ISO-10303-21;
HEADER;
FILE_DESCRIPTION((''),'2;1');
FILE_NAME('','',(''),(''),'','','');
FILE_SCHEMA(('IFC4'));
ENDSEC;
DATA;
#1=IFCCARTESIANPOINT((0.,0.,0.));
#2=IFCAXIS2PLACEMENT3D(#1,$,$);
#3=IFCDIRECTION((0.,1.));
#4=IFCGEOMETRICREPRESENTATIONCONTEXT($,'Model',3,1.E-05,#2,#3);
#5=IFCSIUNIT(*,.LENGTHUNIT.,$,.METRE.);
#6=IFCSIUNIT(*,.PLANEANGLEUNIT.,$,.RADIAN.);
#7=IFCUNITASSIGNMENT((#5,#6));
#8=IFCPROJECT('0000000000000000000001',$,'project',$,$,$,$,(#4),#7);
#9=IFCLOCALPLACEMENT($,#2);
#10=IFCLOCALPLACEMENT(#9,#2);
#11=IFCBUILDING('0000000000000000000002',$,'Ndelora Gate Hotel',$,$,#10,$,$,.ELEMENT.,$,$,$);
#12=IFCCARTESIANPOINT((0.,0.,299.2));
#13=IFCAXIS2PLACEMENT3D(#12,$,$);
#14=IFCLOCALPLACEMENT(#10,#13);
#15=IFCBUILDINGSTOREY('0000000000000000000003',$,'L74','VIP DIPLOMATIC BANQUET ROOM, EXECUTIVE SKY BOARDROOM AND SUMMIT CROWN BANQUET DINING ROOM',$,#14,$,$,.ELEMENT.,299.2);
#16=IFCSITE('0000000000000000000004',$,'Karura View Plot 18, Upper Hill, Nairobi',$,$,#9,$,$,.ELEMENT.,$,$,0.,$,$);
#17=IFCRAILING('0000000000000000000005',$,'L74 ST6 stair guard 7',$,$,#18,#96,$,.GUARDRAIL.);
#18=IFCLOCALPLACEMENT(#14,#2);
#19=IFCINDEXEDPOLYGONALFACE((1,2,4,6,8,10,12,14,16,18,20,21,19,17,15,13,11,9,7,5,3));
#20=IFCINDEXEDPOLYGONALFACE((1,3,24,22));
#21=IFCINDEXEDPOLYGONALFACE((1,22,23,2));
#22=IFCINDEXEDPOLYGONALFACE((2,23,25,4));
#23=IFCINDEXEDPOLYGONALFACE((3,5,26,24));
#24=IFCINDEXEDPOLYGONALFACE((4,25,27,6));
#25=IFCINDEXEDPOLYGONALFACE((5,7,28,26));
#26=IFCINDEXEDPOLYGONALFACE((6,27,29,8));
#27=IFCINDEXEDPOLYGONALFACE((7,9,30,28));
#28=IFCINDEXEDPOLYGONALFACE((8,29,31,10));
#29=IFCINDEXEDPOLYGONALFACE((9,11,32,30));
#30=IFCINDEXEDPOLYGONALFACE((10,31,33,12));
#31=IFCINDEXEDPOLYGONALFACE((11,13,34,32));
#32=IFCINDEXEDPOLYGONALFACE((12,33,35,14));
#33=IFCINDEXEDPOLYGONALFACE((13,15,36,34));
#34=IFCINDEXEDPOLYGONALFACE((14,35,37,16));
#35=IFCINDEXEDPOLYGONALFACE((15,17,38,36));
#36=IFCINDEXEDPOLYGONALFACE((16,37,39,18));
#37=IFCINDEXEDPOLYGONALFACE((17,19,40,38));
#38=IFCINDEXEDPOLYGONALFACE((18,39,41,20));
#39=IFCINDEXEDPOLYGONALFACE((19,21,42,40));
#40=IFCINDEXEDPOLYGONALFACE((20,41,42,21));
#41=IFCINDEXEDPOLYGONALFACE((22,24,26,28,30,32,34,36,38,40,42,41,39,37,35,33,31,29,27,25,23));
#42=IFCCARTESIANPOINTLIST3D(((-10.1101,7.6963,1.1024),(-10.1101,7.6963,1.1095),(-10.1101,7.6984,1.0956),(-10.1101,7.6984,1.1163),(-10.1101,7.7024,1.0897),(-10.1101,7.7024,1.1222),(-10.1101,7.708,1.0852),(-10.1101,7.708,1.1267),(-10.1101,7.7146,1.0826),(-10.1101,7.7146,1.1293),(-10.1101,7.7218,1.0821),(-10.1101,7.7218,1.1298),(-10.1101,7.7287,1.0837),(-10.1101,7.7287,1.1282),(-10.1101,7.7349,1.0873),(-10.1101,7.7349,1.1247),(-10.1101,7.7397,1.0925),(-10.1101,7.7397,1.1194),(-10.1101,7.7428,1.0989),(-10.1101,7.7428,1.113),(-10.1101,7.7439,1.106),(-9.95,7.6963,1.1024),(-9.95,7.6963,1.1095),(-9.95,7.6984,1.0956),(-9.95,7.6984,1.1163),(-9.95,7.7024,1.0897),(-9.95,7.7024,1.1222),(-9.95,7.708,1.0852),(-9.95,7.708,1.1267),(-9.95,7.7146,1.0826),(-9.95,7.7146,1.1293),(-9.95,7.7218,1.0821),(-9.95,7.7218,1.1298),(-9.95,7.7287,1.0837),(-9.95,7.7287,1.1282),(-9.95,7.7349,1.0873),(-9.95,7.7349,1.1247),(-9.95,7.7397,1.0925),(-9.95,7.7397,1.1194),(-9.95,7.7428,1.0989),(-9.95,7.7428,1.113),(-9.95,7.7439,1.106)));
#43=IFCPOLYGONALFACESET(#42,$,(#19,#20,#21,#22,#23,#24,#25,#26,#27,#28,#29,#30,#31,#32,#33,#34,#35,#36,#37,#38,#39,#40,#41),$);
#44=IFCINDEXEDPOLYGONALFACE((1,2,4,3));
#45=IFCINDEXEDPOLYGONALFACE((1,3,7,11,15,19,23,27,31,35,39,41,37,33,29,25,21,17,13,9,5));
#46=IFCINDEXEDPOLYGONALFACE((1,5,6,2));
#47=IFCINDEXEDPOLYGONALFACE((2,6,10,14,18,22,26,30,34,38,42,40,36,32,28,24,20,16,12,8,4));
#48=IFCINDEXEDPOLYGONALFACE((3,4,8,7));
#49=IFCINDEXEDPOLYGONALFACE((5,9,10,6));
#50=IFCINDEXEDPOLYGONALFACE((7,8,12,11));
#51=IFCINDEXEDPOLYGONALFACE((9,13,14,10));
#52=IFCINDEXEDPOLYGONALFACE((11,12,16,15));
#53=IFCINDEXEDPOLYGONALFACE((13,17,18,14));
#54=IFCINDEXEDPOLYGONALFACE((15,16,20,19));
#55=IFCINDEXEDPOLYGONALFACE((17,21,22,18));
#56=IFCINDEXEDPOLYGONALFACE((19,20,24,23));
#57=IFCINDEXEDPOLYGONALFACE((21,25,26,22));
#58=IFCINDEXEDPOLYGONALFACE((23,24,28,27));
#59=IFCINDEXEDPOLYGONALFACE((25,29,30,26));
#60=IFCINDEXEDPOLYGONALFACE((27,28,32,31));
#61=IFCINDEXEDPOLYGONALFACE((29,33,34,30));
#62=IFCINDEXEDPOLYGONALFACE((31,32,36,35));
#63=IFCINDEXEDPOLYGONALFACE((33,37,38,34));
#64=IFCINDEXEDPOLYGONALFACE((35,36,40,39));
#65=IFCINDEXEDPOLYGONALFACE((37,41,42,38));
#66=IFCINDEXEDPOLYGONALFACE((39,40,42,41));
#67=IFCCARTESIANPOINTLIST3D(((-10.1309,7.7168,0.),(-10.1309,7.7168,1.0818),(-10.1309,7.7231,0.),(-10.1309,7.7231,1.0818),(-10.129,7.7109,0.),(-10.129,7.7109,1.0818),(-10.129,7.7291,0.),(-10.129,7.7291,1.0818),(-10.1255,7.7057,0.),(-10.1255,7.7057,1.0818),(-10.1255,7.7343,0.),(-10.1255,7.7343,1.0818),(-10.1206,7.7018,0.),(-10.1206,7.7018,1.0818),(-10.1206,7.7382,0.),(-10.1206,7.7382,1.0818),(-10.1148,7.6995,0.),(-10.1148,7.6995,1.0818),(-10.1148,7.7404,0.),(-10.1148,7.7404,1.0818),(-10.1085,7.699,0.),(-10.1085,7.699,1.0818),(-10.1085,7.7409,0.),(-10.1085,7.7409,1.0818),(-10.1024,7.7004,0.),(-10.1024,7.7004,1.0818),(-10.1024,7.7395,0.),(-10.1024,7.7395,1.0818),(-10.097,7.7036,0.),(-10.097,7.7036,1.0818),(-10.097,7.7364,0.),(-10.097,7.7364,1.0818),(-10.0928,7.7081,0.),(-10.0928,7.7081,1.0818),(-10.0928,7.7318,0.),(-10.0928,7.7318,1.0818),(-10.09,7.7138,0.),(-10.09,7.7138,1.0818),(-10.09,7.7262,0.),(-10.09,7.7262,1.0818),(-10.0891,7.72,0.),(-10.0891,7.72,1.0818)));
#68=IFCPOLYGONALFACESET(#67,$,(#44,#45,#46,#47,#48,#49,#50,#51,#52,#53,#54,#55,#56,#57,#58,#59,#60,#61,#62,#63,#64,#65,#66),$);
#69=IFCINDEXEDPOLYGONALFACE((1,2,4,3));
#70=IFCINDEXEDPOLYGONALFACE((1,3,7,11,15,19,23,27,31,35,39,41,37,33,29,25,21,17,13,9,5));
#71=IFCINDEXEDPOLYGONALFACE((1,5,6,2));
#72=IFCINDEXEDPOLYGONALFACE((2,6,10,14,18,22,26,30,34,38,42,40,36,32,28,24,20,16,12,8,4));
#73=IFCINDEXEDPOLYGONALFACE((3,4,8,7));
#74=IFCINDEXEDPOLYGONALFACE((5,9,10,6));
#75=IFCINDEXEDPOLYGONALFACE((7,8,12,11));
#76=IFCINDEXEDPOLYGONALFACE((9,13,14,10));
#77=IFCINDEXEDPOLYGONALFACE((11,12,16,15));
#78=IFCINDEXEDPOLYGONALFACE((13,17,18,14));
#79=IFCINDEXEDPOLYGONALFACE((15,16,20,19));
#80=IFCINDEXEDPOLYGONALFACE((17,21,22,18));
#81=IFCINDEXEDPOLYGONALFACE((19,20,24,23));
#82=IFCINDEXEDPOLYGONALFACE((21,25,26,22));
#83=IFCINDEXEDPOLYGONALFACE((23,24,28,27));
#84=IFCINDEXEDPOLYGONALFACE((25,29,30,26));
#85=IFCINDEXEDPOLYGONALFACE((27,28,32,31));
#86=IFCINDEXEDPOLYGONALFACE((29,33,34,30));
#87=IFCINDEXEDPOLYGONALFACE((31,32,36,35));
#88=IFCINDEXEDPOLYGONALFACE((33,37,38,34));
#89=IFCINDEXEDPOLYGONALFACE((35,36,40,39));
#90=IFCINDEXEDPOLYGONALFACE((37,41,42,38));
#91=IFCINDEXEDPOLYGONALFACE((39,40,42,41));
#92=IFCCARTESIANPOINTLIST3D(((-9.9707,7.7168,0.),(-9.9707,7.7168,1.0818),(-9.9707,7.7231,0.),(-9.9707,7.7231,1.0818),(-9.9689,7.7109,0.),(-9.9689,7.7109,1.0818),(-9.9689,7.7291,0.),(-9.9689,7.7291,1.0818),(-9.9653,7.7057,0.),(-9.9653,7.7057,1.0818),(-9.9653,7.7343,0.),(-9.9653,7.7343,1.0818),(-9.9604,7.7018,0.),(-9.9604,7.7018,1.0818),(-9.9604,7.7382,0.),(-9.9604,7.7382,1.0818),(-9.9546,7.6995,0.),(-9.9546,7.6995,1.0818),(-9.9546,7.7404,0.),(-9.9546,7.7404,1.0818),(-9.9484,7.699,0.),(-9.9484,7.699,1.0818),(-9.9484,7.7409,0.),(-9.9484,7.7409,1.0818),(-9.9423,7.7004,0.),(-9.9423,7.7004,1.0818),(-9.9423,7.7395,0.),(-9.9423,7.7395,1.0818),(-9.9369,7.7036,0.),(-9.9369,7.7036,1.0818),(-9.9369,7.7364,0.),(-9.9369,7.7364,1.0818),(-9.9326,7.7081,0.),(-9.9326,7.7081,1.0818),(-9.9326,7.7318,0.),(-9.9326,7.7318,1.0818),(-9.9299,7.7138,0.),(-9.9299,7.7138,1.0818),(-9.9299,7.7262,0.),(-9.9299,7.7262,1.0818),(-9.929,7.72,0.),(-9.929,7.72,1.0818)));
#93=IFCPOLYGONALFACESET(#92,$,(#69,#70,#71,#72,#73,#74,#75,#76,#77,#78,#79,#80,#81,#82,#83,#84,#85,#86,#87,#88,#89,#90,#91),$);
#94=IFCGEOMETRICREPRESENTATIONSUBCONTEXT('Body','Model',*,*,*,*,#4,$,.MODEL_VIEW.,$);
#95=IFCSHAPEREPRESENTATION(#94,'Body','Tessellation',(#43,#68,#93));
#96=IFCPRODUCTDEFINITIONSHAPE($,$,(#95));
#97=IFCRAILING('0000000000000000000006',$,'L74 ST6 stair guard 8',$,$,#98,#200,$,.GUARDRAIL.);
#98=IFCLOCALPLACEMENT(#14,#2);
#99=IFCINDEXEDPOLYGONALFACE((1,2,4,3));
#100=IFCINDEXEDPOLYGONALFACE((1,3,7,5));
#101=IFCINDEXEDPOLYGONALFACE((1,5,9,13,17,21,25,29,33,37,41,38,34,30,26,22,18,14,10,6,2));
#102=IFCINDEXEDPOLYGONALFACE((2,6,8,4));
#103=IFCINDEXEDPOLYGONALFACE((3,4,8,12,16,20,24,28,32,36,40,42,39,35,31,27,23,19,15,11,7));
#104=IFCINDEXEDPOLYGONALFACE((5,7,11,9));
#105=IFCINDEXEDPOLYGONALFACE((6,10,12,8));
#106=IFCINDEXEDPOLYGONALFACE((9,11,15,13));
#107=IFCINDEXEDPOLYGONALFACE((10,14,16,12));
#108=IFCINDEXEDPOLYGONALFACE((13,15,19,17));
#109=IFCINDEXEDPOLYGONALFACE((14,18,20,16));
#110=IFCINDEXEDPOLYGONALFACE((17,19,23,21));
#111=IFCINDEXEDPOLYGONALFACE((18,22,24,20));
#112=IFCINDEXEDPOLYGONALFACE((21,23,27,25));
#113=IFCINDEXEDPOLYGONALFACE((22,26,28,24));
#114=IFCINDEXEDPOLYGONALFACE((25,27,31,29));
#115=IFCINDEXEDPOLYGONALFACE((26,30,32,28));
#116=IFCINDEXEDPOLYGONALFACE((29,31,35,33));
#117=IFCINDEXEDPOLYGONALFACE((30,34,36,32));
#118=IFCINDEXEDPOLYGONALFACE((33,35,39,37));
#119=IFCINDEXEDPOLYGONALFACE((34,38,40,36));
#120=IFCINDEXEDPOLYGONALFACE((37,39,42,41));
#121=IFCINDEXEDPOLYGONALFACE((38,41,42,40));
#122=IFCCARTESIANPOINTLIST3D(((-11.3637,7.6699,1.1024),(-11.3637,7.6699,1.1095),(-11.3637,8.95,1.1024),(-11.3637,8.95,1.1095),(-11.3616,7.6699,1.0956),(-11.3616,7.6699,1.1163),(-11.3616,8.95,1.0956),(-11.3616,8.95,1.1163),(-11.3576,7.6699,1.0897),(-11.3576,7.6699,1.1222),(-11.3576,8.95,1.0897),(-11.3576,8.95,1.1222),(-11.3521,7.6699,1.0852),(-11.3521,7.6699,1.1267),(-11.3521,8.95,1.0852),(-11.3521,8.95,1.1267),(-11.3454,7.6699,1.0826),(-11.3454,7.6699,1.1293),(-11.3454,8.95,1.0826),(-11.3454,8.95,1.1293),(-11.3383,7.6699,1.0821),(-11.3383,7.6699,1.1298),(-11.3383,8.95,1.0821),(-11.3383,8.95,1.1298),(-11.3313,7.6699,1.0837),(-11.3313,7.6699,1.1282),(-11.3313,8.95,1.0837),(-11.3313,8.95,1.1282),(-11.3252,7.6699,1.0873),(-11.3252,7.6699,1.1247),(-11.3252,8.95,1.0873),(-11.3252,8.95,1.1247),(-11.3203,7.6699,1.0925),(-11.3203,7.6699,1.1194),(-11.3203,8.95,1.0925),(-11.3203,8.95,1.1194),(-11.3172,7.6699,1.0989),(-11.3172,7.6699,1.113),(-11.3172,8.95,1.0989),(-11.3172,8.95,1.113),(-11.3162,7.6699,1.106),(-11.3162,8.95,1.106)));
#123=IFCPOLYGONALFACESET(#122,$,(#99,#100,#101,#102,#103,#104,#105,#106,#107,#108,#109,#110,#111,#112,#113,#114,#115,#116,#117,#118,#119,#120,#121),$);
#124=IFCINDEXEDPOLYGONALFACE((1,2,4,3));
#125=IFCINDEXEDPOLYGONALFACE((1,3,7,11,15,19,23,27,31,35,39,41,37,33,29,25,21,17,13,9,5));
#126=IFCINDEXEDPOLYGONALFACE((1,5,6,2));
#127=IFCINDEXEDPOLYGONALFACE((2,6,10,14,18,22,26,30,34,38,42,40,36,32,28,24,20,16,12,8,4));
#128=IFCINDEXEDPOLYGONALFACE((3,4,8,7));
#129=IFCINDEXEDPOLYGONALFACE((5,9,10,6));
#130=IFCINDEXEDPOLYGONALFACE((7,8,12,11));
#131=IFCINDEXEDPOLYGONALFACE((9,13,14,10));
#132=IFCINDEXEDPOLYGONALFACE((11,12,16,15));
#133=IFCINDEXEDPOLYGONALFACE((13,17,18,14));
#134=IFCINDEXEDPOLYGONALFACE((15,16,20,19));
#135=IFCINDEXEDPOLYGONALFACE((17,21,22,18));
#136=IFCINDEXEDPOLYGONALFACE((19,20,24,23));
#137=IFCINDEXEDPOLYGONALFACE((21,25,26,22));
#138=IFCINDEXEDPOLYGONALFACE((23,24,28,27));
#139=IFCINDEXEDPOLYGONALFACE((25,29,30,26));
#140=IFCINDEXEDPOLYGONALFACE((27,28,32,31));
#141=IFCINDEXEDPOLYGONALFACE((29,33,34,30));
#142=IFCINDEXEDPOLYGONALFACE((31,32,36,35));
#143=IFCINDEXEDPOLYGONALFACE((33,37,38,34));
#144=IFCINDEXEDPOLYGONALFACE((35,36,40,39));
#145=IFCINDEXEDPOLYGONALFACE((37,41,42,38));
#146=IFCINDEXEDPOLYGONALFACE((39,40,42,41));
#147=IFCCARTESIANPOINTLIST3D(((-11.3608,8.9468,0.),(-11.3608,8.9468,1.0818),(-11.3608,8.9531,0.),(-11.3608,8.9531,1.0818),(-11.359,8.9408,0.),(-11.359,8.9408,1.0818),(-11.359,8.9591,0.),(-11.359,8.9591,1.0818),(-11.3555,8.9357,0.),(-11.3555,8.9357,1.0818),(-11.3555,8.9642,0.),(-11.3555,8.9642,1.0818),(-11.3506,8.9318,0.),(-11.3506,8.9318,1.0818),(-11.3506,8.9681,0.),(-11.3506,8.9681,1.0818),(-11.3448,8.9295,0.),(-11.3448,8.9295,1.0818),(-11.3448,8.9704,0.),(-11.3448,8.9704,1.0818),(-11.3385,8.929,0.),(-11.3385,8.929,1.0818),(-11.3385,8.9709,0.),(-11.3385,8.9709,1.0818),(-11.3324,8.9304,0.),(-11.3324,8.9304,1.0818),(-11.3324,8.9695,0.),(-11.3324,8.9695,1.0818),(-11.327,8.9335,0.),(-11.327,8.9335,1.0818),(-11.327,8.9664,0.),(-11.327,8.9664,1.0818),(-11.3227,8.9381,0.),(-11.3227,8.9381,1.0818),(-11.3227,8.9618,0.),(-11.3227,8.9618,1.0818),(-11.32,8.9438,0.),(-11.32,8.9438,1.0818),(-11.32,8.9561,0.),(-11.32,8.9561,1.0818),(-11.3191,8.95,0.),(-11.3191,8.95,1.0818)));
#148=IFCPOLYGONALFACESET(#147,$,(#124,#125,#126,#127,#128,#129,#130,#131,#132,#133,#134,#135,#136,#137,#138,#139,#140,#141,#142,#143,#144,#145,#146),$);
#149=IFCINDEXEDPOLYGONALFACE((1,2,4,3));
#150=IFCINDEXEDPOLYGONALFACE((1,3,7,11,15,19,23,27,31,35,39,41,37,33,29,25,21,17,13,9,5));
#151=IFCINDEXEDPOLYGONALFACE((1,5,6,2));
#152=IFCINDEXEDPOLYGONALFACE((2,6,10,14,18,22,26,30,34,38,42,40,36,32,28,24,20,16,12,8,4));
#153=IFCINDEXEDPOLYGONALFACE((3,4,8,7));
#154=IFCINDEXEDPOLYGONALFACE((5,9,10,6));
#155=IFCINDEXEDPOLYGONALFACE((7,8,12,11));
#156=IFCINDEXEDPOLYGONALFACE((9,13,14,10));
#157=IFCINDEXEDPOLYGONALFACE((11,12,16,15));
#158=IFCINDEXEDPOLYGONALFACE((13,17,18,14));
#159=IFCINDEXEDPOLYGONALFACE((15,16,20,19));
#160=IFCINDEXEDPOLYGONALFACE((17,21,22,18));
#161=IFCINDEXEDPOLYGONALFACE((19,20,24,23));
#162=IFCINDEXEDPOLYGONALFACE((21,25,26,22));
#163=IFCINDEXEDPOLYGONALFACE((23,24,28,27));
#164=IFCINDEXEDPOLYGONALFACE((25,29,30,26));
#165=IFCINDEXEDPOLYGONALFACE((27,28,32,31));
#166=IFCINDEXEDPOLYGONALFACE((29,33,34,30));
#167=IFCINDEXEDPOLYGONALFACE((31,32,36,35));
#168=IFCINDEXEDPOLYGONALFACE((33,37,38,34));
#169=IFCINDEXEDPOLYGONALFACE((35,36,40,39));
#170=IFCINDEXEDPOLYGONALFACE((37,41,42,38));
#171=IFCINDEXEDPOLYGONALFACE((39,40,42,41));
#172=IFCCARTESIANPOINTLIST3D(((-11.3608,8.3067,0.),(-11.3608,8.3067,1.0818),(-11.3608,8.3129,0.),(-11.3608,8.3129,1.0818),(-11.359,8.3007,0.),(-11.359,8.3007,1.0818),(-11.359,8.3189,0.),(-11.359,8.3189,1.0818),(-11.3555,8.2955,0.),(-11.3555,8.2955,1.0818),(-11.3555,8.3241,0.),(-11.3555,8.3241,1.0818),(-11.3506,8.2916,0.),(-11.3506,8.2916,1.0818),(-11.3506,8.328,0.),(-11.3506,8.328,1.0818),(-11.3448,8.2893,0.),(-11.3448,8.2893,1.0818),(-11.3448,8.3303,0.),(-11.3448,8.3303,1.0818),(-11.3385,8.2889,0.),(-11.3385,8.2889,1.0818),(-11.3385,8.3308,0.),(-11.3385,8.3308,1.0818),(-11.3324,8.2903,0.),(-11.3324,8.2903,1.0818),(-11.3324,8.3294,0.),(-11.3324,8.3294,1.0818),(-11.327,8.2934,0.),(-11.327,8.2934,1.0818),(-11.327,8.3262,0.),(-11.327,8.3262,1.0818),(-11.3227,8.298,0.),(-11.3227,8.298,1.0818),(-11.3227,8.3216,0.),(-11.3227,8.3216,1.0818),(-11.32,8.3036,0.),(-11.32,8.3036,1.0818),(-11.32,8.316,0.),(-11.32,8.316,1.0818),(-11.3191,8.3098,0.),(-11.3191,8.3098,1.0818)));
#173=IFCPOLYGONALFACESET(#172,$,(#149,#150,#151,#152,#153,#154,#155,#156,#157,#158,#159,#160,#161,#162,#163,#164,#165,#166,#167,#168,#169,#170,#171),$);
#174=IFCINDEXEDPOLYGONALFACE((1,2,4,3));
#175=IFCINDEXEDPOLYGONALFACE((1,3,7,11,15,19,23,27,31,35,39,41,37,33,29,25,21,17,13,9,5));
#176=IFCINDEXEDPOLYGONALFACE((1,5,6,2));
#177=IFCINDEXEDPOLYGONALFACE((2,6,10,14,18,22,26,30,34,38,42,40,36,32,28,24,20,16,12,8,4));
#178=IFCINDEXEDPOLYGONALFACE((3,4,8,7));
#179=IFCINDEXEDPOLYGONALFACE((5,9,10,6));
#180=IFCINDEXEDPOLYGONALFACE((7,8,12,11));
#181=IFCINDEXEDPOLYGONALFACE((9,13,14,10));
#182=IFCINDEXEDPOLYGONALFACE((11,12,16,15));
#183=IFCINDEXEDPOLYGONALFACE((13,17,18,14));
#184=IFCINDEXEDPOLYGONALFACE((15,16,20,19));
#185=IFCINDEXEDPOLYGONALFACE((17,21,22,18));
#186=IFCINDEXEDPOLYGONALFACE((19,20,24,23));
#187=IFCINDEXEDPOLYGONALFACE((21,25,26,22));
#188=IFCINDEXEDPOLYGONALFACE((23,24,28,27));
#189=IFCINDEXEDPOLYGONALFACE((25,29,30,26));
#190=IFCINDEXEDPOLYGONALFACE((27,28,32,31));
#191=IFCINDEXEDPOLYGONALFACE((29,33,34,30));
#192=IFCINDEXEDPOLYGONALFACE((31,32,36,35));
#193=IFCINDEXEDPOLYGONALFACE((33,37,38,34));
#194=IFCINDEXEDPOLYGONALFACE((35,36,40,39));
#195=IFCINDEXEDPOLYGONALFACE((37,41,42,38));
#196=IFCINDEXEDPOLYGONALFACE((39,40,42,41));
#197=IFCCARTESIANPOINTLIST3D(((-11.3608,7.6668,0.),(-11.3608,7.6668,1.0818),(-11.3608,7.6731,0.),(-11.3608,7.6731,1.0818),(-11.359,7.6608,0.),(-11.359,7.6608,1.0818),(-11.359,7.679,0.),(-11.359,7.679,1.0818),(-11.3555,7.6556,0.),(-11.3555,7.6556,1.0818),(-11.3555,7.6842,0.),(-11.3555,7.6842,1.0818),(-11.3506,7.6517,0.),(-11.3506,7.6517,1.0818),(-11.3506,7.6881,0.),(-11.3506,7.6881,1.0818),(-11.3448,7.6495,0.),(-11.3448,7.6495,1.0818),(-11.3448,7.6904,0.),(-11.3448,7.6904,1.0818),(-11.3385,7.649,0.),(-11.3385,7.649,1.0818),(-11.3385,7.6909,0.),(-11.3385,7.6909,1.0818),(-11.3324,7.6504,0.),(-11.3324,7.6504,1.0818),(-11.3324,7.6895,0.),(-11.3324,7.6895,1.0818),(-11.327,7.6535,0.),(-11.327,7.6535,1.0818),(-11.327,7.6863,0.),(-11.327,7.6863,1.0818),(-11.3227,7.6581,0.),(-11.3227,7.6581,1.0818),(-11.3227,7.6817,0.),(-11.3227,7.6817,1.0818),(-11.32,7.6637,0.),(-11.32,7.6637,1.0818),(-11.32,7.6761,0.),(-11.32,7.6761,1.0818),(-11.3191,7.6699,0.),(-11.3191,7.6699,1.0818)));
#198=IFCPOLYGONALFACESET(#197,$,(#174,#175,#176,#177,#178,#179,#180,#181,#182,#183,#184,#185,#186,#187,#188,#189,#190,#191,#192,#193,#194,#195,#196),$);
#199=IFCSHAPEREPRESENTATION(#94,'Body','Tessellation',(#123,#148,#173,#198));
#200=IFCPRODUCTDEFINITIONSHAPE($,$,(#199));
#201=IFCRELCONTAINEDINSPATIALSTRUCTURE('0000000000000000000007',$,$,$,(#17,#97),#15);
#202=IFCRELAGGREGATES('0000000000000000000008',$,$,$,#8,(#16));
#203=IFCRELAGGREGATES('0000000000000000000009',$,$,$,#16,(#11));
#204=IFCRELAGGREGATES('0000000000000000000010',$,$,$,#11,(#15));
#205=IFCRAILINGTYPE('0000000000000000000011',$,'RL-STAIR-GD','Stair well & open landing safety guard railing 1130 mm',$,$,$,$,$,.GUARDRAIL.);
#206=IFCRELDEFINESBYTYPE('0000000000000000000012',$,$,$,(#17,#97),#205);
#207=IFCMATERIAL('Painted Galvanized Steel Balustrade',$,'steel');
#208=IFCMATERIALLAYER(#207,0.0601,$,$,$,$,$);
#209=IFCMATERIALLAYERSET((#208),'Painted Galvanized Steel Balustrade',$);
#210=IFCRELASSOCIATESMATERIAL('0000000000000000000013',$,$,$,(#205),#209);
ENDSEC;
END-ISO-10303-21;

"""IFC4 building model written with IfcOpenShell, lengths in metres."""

from ifc_helpers import new_model, si_unit, direction, frame, origin, origin_2d, place, context, subcontext, project, spatial, circle, extrude, material, layer, layer_set, type_object, element, save


model = new_model("IFC4")

# Units and contexts
model_context = context("Model", 3, precision=1e-05, world=origin(), true_north=direction((0.0, 1.0)))
body_context = subcontext(model_context, "Body", "Model", "MODEL_VIEW")
ifc_project = project(units=[si_unit("LENGTHUNIT", "METRE"), si_unit("PLANEANGLEUNIT", "RADIAN")], contexts=[model_context])

# Site, building, storey
site_placement = place(None, origin())
site = spatial("IfcSite", under=ifc_project, at=site_placement, Name="Karura View Plot 18, Upper Hill, Nairobi", CompositionType="ELEMENT", RefElevation=0.0)
building_placement = place(site_placement, origin())
building = spatial("IfcBuilding", under=site, at=building_placement, Name="Ndelora Gate Hotel", CompositionType="ELEMENT")
storey_placement = place(building_placement, frame((0.0, 0.0, 299.2)))
storey = spatial("IfcBuildingStorey", under=building, at=storey_placement, Name="L74", Description="VIP DIPLOMATIC BANQUET ROOM, EXECUTIVE SKY BOARDROOM AND SUMMIT CROWN BANQUET DINING ROOM", CompositionType="ELEMENT", Elevation=299.2)

# Railings
ifc_material_1 = material(Name="Painted Galvanized Steel Balustrade", Category="steel")
ifc_layer_1 = layer(ifc_material_1, 0.0601)
ifc_layer_set_1 = layer_set([ifc_layer_1], Name="Painted Galvanized Steel Balustrade")
railing_type_1 = type_object("IfcRailingType", Name="RL-STAIR-GD", Description="Stair well & open landing safety guard railing 1130 mm", PredefinedType="GUARDRAIL", material=ifc_layer_set_1)
railing_1_placement = place(storey_placement, frame((-10.1101, 7.72, 0.0)))
element("IfcRailing", 1, at=railing_1_placement, inside=storey, type_object=railing_type_1, Name="L74 ST6 stair guard 7", PredefinedType="GUARDRAIL", context=body_context, shape_type="SweptSolid", body=[
    extrude(circle(Radius=0.0239, at=origin_2d()), frame((0.0, 0.0, 1.106), z_axis=(1.0, 0.0, 0.0), x_axis=(0.0, 1.0, 0.0)), (0.0, 0.0, 1.0), 0.1602),
    extrude(circle(Radius=0.021, at=origin_2d()), origin(), (0.0, 0.0, 1.0), 1.0818),
    extrude(circle(Radius=0.021, at=origin_2d()), frame((0.1602, 0.0, 0.0)), (0.0, 0.0, 1.0), 1.0818),
])
for number, where, name in (
    (2, (-11.3401, 8.95, 0.0), "L74 ST6 stair guard 8"),
):
    element("IfcRailing", number, at=place(storey_placement, frame(where)), inside=storey, type_object=railing_type_1, Name=name, PredefinedType="GUARDRAIL", context=body_context, shape_type="SweptSolid", body=[
        extrude(circle(Radius=0.0239, at=origin_2d()), frame((0.0, 0.0, 1.106), z_axis=(0.0, -1.0, 0.0), x_axis=(1.0, 0.0, 0.0)), (0.0, 0.0, 1.0), 1.28),
        extrude(circle(Radius=0.021, at=origin_2d()), origin(), (0.0, 0.0, 1.0), 1.0818),
        extrude(circle(Radius=0.021, at=origin_2d()), frame((0.0, -0.6401, 0.0)), (0.0, 0.0, 1.0), 1.0818),
        extrude(circle(Radius=0.021, at=origin_2d()), frame((0.0, -1.28, 0.0)), (0.0, 0.0, 1.0), 1.0818),
    ])

save(model, "model.ifc")
